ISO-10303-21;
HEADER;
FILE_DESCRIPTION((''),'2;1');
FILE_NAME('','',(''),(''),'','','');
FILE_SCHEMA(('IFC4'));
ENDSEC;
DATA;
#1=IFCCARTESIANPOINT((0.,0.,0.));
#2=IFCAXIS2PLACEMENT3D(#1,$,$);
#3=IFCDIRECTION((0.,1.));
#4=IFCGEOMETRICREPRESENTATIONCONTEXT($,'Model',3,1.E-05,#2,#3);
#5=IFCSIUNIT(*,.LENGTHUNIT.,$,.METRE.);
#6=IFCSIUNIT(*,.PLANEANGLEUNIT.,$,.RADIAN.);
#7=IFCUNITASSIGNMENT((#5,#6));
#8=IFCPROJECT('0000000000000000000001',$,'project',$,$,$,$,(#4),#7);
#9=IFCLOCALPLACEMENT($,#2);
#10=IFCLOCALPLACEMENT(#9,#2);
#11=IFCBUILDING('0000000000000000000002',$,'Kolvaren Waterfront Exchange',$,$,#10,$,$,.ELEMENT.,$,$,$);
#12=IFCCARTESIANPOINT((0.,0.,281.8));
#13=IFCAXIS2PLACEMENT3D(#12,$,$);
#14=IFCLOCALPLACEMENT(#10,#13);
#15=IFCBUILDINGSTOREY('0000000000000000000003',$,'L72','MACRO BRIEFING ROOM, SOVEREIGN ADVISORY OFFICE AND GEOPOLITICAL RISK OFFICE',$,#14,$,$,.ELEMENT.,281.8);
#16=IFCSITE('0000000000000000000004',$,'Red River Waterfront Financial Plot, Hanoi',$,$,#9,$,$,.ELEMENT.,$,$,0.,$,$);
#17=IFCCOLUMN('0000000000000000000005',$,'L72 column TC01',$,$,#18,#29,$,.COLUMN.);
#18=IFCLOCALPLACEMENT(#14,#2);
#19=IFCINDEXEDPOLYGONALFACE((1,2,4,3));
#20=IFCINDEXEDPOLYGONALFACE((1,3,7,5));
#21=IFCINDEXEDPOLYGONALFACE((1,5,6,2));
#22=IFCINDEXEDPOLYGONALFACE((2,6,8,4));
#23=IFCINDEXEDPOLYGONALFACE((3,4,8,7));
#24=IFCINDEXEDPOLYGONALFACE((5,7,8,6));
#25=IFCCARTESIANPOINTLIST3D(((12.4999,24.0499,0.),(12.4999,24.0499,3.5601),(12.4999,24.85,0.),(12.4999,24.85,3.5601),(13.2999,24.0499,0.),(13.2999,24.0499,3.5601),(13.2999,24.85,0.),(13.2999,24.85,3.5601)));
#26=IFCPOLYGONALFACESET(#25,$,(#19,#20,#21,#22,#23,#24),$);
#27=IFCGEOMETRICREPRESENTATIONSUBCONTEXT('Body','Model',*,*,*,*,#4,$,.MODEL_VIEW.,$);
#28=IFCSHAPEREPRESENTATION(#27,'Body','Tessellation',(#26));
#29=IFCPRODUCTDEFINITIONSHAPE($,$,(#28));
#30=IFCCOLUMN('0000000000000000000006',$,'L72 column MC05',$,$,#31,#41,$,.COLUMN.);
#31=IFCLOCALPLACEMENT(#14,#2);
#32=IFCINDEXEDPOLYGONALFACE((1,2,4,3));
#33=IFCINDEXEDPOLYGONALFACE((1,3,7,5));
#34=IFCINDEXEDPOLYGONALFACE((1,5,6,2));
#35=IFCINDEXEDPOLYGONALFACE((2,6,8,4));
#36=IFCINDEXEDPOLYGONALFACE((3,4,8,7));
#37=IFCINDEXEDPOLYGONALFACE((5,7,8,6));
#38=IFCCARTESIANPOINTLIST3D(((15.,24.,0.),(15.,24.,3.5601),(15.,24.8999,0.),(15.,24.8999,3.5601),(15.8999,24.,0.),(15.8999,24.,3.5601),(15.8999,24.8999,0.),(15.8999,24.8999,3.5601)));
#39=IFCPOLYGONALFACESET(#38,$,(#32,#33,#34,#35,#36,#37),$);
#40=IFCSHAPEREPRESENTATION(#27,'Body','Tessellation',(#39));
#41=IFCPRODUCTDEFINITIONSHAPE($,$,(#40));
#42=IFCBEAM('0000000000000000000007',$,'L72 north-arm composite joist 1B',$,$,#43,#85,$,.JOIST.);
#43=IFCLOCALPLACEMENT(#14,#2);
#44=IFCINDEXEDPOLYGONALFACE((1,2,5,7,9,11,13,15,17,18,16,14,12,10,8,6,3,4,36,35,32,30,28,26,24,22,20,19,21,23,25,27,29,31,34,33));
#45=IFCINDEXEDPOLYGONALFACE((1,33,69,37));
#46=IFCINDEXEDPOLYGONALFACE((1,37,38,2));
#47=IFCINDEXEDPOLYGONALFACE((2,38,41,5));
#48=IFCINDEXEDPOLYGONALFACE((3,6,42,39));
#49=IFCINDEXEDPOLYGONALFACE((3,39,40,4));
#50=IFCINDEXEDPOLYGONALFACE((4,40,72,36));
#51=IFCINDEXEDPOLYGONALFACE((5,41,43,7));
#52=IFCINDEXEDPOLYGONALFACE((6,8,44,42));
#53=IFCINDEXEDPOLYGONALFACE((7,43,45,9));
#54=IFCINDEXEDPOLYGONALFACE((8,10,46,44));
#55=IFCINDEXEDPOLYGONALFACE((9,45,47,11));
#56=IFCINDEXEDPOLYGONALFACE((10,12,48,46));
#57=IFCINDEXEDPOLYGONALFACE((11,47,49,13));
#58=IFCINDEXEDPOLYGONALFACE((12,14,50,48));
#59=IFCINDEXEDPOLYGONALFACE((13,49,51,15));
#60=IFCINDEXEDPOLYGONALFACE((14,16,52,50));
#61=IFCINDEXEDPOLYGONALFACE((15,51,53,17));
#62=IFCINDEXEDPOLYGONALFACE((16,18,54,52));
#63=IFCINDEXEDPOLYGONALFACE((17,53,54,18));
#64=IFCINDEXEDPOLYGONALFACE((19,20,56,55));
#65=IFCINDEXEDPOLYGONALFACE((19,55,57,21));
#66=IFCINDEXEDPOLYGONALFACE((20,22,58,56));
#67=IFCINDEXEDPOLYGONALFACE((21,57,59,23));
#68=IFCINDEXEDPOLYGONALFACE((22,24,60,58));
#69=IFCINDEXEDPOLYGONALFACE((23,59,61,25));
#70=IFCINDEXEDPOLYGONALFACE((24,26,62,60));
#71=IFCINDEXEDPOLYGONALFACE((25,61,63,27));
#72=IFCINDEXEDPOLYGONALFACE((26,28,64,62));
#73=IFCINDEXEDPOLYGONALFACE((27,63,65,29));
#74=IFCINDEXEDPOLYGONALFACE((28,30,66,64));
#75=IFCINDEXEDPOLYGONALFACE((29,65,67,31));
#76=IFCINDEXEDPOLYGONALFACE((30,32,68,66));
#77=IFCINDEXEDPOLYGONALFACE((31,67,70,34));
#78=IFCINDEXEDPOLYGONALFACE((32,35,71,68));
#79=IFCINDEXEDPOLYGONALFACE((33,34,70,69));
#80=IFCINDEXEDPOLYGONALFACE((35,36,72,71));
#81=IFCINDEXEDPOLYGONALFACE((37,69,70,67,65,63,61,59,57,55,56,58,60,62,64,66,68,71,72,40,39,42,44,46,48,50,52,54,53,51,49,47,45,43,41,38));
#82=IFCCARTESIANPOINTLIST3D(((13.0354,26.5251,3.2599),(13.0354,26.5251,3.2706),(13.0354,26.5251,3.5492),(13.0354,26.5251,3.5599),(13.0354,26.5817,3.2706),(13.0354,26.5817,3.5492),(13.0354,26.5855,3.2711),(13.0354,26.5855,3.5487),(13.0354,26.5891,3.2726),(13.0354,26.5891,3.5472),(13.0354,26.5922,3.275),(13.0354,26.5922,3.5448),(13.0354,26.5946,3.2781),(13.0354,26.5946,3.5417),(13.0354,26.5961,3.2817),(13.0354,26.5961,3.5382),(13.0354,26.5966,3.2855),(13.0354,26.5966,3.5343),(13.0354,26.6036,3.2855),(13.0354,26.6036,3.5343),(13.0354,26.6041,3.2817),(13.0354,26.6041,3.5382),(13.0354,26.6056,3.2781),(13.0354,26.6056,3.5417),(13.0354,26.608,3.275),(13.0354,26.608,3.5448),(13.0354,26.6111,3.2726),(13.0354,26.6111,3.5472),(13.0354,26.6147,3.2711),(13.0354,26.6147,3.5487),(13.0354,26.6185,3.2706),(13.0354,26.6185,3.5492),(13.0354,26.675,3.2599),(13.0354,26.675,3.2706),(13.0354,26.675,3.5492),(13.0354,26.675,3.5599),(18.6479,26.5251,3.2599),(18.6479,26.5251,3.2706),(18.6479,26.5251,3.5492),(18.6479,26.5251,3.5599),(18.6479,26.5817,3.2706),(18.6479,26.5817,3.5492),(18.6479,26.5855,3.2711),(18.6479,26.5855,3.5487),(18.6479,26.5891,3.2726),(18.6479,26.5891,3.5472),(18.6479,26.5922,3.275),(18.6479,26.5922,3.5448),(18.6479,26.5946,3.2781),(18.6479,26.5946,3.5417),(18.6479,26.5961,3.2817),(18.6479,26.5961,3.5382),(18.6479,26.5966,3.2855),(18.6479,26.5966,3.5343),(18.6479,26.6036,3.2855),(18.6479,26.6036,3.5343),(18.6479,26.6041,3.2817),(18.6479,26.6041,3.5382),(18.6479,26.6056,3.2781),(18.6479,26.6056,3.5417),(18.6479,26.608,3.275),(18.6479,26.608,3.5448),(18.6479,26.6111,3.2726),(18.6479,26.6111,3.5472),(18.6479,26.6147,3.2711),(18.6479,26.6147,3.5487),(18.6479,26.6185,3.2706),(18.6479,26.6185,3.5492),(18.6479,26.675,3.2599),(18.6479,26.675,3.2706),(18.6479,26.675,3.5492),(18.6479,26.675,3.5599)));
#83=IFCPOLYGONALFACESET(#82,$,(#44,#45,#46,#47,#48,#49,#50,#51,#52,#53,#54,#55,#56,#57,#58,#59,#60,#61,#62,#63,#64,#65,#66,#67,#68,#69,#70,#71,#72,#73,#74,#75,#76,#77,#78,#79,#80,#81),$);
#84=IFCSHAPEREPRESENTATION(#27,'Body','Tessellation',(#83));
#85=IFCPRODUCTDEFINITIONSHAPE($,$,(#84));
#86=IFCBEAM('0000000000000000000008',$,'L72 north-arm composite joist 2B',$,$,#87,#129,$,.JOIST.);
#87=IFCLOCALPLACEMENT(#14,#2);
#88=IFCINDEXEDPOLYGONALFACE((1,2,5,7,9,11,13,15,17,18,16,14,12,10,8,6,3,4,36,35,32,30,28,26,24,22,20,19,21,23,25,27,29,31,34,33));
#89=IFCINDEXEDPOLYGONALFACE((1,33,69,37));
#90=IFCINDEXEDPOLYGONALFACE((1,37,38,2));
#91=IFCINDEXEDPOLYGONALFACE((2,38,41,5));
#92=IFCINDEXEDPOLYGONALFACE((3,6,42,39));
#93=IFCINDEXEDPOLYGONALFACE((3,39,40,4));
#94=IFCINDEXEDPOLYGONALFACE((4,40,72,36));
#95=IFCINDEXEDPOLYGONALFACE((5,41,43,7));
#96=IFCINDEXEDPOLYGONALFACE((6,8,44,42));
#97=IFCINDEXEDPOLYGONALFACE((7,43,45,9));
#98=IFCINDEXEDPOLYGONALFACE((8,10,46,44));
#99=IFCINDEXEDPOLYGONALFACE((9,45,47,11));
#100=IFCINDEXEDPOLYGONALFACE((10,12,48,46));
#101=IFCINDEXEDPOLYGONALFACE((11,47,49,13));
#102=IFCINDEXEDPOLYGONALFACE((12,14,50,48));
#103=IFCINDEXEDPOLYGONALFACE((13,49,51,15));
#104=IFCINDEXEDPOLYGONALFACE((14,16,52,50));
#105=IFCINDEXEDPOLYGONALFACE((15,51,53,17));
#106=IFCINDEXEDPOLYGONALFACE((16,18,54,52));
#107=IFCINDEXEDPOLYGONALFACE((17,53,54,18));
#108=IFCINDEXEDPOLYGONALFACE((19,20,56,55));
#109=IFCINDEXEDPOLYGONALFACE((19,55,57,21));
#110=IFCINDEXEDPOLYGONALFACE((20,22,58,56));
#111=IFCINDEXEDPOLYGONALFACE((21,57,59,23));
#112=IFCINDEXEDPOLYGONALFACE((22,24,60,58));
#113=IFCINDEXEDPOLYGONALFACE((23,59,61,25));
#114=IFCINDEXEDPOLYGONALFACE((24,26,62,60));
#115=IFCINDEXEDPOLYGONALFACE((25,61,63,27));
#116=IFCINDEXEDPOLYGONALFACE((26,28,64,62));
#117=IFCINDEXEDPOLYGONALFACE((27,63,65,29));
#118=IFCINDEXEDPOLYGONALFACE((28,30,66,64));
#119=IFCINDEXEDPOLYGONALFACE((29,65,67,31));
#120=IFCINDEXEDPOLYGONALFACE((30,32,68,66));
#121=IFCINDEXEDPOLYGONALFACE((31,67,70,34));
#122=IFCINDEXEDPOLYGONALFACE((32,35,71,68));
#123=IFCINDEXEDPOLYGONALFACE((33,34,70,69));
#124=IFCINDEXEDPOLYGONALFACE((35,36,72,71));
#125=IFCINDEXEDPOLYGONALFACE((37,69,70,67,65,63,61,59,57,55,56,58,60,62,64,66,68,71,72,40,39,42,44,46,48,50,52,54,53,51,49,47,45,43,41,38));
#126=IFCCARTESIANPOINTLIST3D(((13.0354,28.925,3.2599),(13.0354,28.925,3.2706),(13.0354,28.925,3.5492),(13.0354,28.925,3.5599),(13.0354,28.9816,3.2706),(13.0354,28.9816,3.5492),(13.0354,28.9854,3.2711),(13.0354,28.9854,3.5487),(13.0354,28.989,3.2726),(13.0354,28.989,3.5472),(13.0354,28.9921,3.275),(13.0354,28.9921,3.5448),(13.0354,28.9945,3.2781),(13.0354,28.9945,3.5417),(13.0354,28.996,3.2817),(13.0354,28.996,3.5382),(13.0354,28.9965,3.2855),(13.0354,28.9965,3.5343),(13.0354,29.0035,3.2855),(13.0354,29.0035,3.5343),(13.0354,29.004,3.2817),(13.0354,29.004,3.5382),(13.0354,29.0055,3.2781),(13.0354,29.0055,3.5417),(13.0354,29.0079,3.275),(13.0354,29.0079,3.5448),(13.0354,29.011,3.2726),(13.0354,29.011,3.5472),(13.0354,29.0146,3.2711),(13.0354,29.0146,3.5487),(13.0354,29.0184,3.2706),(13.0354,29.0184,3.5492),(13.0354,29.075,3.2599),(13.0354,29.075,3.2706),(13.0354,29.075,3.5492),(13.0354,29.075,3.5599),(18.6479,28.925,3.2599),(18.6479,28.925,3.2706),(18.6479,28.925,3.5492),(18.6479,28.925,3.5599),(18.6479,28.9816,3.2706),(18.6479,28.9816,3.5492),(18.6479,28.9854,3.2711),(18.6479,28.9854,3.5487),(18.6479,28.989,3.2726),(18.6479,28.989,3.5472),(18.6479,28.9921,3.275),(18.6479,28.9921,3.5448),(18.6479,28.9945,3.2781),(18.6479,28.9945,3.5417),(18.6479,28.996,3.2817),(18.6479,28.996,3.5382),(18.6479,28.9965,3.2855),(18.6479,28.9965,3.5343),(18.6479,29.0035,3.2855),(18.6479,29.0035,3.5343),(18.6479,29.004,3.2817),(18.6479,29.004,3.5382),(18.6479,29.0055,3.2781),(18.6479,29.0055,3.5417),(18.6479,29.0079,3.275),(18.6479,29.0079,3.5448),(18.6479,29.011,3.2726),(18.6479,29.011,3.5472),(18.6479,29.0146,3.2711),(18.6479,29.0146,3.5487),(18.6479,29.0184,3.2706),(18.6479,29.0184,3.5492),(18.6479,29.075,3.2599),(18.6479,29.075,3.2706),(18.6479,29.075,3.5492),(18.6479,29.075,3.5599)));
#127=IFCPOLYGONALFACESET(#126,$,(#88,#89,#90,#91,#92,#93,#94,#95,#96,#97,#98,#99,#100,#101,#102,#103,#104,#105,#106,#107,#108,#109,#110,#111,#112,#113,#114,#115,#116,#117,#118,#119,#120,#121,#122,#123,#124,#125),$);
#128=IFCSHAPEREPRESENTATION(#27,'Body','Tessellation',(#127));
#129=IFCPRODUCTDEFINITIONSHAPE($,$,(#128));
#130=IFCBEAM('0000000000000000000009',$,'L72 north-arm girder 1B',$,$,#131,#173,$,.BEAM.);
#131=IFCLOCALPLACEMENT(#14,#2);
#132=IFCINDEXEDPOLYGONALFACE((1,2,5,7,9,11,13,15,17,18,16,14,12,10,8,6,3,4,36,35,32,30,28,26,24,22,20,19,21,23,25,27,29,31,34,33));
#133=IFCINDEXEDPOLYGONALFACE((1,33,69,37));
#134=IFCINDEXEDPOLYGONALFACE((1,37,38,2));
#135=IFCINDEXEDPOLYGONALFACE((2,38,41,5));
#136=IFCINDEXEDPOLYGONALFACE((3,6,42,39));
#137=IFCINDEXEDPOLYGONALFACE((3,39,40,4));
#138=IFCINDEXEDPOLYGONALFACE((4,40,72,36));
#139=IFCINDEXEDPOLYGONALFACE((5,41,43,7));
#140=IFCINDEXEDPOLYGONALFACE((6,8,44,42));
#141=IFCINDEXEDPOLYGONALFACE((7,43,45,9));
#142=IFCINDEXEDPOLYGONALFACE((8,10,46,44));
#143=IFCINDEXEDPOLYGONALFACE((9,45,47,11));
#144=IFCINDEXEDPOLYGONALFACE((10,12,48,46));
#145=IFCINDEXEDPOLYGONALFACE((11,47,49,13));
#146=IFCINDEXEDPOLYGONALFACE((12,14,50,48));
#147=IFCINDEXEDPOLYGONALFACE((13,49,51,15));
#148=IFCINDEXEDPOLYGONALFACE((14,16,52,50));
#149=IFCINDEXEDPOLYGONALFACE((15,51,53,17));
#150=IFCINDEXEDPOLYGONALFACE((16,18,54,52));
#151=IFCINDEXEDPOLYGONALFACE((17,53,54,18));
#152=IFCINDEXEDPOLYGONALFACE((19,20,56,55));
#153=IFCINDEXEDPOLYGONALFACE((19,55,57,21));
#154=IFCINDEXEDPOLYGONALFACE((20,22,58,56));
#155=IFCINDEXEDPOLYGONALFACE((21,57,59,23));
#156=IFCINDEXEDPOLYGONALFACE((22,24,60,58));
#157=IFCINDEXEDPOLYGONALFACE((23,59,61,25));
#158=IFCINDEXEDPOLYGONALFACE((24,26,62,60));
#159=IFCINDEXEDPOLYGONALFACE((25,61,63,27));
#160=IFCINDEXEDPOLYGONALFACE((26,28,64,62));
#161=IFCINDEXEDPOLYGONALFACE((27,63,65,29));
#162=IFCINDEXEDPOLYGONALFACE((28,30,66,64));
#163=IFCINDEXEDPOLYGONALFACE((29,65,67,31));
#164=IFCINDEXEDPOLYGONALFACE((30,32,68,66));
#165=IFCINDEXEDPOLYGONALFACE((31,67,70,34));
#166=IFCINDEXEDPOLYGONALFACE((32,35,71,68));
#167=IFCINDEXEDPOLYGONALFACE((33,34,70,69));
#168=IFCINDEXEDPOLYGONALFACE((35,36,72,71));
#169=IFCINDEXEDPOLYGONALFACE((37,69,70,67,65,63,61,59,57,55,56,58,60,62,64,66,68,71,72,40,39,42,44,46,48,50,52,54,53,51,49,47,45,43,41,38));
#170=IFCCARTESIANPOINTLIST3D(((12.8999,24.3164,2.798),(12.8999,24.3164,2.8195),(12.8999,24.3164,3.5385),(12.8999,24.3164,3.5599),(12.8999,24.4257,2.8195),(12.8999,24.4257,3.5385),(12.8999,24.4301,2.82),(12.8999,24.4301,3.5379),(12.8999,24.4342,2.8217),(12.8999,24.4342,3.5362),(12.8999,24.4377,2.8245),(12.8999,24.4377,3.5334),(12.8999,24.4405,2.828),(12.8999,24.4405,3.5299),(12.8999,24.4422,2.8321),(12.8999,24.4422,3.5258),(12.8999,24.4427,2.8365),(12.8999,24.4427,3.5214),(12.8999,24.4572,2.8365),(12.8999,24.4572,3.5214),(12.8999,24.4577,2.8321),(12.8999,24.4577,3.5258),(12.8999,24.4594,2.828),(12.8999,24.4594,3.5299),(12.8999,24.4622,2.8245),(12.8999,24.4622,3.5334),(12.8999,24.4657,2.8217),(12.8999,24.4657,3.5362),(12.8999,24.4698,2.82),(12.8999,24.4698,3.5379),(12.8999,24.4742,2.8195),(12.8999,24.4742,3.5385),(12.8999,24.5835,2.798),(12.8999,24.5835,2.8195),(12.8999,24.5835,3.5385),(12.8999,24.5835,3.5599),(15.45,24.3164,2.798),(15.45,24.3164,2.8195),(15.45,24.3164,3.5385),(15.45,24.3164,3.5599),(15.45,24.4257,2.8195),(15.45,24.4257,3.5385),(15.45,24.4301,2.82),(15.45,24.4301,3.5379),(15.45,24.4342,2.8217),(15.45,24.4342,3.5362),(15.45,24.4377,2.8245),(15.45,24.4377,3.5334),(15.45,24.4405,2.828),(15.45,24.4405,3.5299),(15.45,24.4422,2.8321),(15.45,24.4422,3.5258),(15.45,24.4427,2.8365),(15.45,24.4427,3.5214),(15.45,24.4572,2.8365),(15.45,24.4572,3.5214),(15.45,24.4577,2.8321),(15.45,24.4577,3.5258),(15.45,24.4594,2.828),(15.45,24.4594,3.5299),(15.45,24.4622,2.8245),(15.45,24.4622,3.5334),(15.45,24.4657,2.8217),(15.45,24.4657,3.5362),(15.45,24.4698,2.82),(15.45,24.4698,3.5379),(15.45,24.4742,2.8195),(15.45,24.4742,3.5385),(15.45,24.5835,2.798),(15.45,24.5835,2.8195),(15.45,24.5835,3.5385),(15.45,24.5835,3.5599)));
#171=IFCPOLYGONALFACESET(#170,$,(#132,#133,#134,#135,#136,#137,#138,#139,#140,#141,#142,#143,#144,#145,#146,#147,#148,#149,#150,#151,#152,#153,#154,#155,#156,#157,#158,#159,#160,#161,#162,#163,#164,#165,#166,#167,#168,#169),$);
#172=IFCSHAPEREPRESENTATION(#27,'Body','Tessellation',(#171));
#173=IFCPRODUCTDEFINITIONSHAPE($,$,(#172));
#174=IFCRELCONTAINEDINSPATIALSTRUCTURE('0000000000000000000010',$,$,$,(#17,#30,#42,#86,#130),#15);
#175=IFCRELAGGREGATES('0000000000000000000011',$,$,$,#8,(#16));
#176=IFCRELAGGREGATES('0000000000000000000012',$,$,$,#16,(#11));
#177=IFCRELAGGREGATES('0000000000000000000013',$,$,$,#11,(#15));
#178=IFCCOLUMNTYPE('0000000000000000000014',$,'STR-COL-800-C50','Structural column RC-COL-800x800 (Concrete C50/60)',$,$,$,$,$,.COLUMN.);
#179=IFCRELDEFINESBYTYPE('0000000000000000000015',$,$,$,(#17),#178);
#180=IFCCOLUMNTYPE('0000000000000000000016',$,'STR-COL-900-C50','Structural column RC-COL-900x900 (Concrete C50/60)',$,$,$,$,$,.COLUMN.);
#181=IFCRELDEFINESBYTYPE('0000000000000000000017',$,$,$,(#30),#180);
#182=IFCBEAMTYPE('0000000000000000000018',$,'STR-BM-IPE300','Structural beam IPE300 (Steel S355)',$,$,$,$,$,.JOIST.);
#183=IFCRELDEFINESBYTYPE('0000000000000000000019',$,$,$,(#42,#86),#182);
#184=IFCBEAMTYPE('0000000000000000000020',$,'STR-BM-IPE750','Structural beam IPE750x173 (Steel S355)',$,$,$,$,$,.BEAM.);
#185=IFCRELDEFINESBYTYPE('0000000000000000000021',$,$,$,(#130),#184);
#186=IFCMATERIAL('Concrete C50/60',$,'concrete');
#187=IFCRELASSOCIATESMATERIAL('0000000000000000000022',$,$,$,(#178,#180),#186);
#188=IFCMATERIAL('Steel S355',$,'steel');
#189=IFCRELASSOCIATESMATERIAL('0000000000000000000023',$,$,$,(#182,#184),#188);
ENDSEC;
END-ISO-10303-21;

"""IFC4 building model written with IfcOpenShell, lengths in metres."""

from ifc_helpers import new_model, si_unit, direction, frame, origin, origin_2d, place, context, subcontext, project, spatial, rectangle, i_section, extrude, material, material_profile, profile_set, type_object, element, save


model = new_model("IFC4")

# Units and contexts
model_context = context("Model", 3, precision=1e-05, world=origin(), true_north=direction((0.0, 1.0)))
body_context = subcontext(model_context, "Body", "Model", "MODEL_VIEW")
ifc_project = project(units=[si_unit("LENGTHUNIT", "METRE"), si_unit("PLANEANGLEUNIT", "RADIAN")], contexts=[model_context])

# Site, building, storey
site_placement = place(None, origin())
site = spatial("IfcSite", under=ifc_project, at=site_placement, Name="Red River Waterfront Financial Plot, Hanoi", CompositionType="ELEMENT", RefElevation=0.0)
building_placement = place(site_placement, origin())
building = spatial("IfcBuilding", under=site, at=building_placement, Name="Kolvaren Waterfront Exchange", CompositionType="ELEMENT")
storey_placement = place(building_placement, frame((0.0, 0.0, 281.8)))
storey = spatial("IfcBuildingStorey", under=building, at=storey_placement, Name="L72", Description="MACRO BRIEFING ROOM, SOVEREIGN ADVISORY OFFICE AND GEOPOLITICAL RISK OFFICE", CompositionType="ELEMENT", Elevation=281.8)

# Columns
ifc_material_1 = material(Name="Concrete C50/60", Category="concrete")
ifc_material_profile_1 = material_profile(ifc_material_1, rectangle(XDim=0.8, YDim=0.8, at=origin_2d()), Name="RC-COL-800x800")
ifc_profile_set_1 = profile_set([ifc_material_profile_1], Name="Concrete C50/60")
column_type_1 = type_object("IfcColumnType", Name="STR-COL-800-C50", Description="Structural column RC-COL-800x800 (Concrete C50/60)", PredefinedType="COLUMN", material=ifc_profile_set_1)
column_1_placement = place(storey_placement, frame((12.8999, 24.45, 0.0), z_axis=(0.0, 0.0, 1.0), x_axis=(1.0, 0.0, 0.0)))
element("IfcColumn", 1, at=column_1_placement, inside=storey, type_object=column_type_1, Name="L72 column TC01", PredefinedType="COLUMN", context=body_context, shape_type="SweptSolid", body=[
    extrude(rectangle(XDim=0.8, YDim=0.8, at=origin_2d()), origin(), (0.0, 0.0, 1.0), 3.5601),
])
ifc_material_profile_2 = material_profile(ifc_material_1, rectangle(XDim=0.8999, YDim=0.8999, at=origin_2d()), Name="RC-COL-900x900")
ifc_profile_set_2 = profile_set([ifc_material_profile_2], Name="Concrete C50/60")
column_type_2 = type_object("IfcColumnType", Name="STR-COL-900-C50", Description="Structural column RC-COL-900x900 (Concrete C50/60)", PredefinedType="COLUMN", material=ifc_profile_set_2)
column_2_placement = place(storey_placement, frame((15.45, 24.45, 0.0), z_axis=(0.0, 0.0, 1.0), x_axis=(1.0, 0.0, 0.0)))
element("IfcColumn", 2, at=column_2_placement, inside=storey, type_object=column_type_2, Name="L72 column MC05", PredefinedType="COLUMN", context=body_context, shape_type="SweptSolid", body=[
    extrude(rectangle(XDim=0.8999, YDim=0.8999, at=origin_2d()), origin(), (0.0, 0.0, 1.0), 3.5601),
])

# Beams
ifc_material_2 = material(Name="Steel S355", Category="steel")
ifc_material_profile_3 = material_profile(ifc_material_2, i_section(OverallWidth=0.1499, OverallDepth=0.3, WebThickness=0.0071, FlangeThickness=0.0107, FilletRadius=0.0149, at=origin_2d()), Name="IPE300")
ifc_profile_set_3 = profile_set([ifc_material_profile_3], Name="Steel S355")
beam_type_1 = type_object("IfcBeamType", Name="STR-BM-IPE300", Description="Structural beam IPE300 (Steel S355)", PredefinedType="JOIST", material=ifc_profile_set_3)
for number, where, z_axis, x_axis, name in (
    (3, (13.0354, 26.6001, 3.4099), (1.0, 0.0, 0.0), (0.0, 1.0, 0.0), "L72 north-arm composite joist 1B"),
    (4, (13.0354, 29.0, 3.4099), (1.0, 0.0, 0.0), (0.0, 1.0, 0.0), "L72 north-arm composite joist 2B"),
):
    element("IfcBeam", number, at=place(storey_placement, frame(where, z_axis=z_axis, x_axis=x_axis)), inside=storey, type_object=beam_type_1, Name=name, PredefinedType="JOIST", context=body_context, shape_type="SweptSolid", body=[
        extrude(i_section(OverallWidth=0.1499, OverallDepth=0.3, WebThickness=0.0071, FlangeThickness=0.0107, FilletRadius=0.0149, at=origin_2d()), origin(), (0.0, 0.0, 1.0), 5.6125),
    ])
ifc_material_profile_4 = material_profile(ifc_material_2, i_section(OverallWidth=0.2671, OverallDepth=0.762, WebThickness=0.0144, FlangeThickness=0.0215, FilletRadius=0.0171, at=origin_2d()), Name="IPE750x173")
ifc_profile_set_4 = profile_set([ifc_material_profile_4], Name="Steel S355")
beam_type_2 = type_object("IfcBeamType", Name="STR-BM-IPE750", Description="Structural beam IPE750x173 (Steel S355)", PredefinedType="BEAM", material=ifc_profile_set_4)
beam_1_placement = place(storey_placement, frame((12.8999, 24.45, 3.179), z_axis=(1.0, 0.0, 0.0), x_axis=(0.0, 1.0, 0.0)))
element("IfcBeam", 5, at=beam_1_placement, inside=storey, type_object=beam_type_2, Name="L72 north-arm girder 1B", PredefinedType="BEAM", context=body_context, shape_type="SweptSolid", body=[
    extrude(i_section(OverallWidth=0.2671, OverallDepth=0.762, WebThickness=0.0144, FlangeThickness=0.0215, FilletRadius=0.0171, at=origin_2d()), origin(), (0.0, 0.0, 1.0), 2.55),
])

save(model, "model.ifc")
